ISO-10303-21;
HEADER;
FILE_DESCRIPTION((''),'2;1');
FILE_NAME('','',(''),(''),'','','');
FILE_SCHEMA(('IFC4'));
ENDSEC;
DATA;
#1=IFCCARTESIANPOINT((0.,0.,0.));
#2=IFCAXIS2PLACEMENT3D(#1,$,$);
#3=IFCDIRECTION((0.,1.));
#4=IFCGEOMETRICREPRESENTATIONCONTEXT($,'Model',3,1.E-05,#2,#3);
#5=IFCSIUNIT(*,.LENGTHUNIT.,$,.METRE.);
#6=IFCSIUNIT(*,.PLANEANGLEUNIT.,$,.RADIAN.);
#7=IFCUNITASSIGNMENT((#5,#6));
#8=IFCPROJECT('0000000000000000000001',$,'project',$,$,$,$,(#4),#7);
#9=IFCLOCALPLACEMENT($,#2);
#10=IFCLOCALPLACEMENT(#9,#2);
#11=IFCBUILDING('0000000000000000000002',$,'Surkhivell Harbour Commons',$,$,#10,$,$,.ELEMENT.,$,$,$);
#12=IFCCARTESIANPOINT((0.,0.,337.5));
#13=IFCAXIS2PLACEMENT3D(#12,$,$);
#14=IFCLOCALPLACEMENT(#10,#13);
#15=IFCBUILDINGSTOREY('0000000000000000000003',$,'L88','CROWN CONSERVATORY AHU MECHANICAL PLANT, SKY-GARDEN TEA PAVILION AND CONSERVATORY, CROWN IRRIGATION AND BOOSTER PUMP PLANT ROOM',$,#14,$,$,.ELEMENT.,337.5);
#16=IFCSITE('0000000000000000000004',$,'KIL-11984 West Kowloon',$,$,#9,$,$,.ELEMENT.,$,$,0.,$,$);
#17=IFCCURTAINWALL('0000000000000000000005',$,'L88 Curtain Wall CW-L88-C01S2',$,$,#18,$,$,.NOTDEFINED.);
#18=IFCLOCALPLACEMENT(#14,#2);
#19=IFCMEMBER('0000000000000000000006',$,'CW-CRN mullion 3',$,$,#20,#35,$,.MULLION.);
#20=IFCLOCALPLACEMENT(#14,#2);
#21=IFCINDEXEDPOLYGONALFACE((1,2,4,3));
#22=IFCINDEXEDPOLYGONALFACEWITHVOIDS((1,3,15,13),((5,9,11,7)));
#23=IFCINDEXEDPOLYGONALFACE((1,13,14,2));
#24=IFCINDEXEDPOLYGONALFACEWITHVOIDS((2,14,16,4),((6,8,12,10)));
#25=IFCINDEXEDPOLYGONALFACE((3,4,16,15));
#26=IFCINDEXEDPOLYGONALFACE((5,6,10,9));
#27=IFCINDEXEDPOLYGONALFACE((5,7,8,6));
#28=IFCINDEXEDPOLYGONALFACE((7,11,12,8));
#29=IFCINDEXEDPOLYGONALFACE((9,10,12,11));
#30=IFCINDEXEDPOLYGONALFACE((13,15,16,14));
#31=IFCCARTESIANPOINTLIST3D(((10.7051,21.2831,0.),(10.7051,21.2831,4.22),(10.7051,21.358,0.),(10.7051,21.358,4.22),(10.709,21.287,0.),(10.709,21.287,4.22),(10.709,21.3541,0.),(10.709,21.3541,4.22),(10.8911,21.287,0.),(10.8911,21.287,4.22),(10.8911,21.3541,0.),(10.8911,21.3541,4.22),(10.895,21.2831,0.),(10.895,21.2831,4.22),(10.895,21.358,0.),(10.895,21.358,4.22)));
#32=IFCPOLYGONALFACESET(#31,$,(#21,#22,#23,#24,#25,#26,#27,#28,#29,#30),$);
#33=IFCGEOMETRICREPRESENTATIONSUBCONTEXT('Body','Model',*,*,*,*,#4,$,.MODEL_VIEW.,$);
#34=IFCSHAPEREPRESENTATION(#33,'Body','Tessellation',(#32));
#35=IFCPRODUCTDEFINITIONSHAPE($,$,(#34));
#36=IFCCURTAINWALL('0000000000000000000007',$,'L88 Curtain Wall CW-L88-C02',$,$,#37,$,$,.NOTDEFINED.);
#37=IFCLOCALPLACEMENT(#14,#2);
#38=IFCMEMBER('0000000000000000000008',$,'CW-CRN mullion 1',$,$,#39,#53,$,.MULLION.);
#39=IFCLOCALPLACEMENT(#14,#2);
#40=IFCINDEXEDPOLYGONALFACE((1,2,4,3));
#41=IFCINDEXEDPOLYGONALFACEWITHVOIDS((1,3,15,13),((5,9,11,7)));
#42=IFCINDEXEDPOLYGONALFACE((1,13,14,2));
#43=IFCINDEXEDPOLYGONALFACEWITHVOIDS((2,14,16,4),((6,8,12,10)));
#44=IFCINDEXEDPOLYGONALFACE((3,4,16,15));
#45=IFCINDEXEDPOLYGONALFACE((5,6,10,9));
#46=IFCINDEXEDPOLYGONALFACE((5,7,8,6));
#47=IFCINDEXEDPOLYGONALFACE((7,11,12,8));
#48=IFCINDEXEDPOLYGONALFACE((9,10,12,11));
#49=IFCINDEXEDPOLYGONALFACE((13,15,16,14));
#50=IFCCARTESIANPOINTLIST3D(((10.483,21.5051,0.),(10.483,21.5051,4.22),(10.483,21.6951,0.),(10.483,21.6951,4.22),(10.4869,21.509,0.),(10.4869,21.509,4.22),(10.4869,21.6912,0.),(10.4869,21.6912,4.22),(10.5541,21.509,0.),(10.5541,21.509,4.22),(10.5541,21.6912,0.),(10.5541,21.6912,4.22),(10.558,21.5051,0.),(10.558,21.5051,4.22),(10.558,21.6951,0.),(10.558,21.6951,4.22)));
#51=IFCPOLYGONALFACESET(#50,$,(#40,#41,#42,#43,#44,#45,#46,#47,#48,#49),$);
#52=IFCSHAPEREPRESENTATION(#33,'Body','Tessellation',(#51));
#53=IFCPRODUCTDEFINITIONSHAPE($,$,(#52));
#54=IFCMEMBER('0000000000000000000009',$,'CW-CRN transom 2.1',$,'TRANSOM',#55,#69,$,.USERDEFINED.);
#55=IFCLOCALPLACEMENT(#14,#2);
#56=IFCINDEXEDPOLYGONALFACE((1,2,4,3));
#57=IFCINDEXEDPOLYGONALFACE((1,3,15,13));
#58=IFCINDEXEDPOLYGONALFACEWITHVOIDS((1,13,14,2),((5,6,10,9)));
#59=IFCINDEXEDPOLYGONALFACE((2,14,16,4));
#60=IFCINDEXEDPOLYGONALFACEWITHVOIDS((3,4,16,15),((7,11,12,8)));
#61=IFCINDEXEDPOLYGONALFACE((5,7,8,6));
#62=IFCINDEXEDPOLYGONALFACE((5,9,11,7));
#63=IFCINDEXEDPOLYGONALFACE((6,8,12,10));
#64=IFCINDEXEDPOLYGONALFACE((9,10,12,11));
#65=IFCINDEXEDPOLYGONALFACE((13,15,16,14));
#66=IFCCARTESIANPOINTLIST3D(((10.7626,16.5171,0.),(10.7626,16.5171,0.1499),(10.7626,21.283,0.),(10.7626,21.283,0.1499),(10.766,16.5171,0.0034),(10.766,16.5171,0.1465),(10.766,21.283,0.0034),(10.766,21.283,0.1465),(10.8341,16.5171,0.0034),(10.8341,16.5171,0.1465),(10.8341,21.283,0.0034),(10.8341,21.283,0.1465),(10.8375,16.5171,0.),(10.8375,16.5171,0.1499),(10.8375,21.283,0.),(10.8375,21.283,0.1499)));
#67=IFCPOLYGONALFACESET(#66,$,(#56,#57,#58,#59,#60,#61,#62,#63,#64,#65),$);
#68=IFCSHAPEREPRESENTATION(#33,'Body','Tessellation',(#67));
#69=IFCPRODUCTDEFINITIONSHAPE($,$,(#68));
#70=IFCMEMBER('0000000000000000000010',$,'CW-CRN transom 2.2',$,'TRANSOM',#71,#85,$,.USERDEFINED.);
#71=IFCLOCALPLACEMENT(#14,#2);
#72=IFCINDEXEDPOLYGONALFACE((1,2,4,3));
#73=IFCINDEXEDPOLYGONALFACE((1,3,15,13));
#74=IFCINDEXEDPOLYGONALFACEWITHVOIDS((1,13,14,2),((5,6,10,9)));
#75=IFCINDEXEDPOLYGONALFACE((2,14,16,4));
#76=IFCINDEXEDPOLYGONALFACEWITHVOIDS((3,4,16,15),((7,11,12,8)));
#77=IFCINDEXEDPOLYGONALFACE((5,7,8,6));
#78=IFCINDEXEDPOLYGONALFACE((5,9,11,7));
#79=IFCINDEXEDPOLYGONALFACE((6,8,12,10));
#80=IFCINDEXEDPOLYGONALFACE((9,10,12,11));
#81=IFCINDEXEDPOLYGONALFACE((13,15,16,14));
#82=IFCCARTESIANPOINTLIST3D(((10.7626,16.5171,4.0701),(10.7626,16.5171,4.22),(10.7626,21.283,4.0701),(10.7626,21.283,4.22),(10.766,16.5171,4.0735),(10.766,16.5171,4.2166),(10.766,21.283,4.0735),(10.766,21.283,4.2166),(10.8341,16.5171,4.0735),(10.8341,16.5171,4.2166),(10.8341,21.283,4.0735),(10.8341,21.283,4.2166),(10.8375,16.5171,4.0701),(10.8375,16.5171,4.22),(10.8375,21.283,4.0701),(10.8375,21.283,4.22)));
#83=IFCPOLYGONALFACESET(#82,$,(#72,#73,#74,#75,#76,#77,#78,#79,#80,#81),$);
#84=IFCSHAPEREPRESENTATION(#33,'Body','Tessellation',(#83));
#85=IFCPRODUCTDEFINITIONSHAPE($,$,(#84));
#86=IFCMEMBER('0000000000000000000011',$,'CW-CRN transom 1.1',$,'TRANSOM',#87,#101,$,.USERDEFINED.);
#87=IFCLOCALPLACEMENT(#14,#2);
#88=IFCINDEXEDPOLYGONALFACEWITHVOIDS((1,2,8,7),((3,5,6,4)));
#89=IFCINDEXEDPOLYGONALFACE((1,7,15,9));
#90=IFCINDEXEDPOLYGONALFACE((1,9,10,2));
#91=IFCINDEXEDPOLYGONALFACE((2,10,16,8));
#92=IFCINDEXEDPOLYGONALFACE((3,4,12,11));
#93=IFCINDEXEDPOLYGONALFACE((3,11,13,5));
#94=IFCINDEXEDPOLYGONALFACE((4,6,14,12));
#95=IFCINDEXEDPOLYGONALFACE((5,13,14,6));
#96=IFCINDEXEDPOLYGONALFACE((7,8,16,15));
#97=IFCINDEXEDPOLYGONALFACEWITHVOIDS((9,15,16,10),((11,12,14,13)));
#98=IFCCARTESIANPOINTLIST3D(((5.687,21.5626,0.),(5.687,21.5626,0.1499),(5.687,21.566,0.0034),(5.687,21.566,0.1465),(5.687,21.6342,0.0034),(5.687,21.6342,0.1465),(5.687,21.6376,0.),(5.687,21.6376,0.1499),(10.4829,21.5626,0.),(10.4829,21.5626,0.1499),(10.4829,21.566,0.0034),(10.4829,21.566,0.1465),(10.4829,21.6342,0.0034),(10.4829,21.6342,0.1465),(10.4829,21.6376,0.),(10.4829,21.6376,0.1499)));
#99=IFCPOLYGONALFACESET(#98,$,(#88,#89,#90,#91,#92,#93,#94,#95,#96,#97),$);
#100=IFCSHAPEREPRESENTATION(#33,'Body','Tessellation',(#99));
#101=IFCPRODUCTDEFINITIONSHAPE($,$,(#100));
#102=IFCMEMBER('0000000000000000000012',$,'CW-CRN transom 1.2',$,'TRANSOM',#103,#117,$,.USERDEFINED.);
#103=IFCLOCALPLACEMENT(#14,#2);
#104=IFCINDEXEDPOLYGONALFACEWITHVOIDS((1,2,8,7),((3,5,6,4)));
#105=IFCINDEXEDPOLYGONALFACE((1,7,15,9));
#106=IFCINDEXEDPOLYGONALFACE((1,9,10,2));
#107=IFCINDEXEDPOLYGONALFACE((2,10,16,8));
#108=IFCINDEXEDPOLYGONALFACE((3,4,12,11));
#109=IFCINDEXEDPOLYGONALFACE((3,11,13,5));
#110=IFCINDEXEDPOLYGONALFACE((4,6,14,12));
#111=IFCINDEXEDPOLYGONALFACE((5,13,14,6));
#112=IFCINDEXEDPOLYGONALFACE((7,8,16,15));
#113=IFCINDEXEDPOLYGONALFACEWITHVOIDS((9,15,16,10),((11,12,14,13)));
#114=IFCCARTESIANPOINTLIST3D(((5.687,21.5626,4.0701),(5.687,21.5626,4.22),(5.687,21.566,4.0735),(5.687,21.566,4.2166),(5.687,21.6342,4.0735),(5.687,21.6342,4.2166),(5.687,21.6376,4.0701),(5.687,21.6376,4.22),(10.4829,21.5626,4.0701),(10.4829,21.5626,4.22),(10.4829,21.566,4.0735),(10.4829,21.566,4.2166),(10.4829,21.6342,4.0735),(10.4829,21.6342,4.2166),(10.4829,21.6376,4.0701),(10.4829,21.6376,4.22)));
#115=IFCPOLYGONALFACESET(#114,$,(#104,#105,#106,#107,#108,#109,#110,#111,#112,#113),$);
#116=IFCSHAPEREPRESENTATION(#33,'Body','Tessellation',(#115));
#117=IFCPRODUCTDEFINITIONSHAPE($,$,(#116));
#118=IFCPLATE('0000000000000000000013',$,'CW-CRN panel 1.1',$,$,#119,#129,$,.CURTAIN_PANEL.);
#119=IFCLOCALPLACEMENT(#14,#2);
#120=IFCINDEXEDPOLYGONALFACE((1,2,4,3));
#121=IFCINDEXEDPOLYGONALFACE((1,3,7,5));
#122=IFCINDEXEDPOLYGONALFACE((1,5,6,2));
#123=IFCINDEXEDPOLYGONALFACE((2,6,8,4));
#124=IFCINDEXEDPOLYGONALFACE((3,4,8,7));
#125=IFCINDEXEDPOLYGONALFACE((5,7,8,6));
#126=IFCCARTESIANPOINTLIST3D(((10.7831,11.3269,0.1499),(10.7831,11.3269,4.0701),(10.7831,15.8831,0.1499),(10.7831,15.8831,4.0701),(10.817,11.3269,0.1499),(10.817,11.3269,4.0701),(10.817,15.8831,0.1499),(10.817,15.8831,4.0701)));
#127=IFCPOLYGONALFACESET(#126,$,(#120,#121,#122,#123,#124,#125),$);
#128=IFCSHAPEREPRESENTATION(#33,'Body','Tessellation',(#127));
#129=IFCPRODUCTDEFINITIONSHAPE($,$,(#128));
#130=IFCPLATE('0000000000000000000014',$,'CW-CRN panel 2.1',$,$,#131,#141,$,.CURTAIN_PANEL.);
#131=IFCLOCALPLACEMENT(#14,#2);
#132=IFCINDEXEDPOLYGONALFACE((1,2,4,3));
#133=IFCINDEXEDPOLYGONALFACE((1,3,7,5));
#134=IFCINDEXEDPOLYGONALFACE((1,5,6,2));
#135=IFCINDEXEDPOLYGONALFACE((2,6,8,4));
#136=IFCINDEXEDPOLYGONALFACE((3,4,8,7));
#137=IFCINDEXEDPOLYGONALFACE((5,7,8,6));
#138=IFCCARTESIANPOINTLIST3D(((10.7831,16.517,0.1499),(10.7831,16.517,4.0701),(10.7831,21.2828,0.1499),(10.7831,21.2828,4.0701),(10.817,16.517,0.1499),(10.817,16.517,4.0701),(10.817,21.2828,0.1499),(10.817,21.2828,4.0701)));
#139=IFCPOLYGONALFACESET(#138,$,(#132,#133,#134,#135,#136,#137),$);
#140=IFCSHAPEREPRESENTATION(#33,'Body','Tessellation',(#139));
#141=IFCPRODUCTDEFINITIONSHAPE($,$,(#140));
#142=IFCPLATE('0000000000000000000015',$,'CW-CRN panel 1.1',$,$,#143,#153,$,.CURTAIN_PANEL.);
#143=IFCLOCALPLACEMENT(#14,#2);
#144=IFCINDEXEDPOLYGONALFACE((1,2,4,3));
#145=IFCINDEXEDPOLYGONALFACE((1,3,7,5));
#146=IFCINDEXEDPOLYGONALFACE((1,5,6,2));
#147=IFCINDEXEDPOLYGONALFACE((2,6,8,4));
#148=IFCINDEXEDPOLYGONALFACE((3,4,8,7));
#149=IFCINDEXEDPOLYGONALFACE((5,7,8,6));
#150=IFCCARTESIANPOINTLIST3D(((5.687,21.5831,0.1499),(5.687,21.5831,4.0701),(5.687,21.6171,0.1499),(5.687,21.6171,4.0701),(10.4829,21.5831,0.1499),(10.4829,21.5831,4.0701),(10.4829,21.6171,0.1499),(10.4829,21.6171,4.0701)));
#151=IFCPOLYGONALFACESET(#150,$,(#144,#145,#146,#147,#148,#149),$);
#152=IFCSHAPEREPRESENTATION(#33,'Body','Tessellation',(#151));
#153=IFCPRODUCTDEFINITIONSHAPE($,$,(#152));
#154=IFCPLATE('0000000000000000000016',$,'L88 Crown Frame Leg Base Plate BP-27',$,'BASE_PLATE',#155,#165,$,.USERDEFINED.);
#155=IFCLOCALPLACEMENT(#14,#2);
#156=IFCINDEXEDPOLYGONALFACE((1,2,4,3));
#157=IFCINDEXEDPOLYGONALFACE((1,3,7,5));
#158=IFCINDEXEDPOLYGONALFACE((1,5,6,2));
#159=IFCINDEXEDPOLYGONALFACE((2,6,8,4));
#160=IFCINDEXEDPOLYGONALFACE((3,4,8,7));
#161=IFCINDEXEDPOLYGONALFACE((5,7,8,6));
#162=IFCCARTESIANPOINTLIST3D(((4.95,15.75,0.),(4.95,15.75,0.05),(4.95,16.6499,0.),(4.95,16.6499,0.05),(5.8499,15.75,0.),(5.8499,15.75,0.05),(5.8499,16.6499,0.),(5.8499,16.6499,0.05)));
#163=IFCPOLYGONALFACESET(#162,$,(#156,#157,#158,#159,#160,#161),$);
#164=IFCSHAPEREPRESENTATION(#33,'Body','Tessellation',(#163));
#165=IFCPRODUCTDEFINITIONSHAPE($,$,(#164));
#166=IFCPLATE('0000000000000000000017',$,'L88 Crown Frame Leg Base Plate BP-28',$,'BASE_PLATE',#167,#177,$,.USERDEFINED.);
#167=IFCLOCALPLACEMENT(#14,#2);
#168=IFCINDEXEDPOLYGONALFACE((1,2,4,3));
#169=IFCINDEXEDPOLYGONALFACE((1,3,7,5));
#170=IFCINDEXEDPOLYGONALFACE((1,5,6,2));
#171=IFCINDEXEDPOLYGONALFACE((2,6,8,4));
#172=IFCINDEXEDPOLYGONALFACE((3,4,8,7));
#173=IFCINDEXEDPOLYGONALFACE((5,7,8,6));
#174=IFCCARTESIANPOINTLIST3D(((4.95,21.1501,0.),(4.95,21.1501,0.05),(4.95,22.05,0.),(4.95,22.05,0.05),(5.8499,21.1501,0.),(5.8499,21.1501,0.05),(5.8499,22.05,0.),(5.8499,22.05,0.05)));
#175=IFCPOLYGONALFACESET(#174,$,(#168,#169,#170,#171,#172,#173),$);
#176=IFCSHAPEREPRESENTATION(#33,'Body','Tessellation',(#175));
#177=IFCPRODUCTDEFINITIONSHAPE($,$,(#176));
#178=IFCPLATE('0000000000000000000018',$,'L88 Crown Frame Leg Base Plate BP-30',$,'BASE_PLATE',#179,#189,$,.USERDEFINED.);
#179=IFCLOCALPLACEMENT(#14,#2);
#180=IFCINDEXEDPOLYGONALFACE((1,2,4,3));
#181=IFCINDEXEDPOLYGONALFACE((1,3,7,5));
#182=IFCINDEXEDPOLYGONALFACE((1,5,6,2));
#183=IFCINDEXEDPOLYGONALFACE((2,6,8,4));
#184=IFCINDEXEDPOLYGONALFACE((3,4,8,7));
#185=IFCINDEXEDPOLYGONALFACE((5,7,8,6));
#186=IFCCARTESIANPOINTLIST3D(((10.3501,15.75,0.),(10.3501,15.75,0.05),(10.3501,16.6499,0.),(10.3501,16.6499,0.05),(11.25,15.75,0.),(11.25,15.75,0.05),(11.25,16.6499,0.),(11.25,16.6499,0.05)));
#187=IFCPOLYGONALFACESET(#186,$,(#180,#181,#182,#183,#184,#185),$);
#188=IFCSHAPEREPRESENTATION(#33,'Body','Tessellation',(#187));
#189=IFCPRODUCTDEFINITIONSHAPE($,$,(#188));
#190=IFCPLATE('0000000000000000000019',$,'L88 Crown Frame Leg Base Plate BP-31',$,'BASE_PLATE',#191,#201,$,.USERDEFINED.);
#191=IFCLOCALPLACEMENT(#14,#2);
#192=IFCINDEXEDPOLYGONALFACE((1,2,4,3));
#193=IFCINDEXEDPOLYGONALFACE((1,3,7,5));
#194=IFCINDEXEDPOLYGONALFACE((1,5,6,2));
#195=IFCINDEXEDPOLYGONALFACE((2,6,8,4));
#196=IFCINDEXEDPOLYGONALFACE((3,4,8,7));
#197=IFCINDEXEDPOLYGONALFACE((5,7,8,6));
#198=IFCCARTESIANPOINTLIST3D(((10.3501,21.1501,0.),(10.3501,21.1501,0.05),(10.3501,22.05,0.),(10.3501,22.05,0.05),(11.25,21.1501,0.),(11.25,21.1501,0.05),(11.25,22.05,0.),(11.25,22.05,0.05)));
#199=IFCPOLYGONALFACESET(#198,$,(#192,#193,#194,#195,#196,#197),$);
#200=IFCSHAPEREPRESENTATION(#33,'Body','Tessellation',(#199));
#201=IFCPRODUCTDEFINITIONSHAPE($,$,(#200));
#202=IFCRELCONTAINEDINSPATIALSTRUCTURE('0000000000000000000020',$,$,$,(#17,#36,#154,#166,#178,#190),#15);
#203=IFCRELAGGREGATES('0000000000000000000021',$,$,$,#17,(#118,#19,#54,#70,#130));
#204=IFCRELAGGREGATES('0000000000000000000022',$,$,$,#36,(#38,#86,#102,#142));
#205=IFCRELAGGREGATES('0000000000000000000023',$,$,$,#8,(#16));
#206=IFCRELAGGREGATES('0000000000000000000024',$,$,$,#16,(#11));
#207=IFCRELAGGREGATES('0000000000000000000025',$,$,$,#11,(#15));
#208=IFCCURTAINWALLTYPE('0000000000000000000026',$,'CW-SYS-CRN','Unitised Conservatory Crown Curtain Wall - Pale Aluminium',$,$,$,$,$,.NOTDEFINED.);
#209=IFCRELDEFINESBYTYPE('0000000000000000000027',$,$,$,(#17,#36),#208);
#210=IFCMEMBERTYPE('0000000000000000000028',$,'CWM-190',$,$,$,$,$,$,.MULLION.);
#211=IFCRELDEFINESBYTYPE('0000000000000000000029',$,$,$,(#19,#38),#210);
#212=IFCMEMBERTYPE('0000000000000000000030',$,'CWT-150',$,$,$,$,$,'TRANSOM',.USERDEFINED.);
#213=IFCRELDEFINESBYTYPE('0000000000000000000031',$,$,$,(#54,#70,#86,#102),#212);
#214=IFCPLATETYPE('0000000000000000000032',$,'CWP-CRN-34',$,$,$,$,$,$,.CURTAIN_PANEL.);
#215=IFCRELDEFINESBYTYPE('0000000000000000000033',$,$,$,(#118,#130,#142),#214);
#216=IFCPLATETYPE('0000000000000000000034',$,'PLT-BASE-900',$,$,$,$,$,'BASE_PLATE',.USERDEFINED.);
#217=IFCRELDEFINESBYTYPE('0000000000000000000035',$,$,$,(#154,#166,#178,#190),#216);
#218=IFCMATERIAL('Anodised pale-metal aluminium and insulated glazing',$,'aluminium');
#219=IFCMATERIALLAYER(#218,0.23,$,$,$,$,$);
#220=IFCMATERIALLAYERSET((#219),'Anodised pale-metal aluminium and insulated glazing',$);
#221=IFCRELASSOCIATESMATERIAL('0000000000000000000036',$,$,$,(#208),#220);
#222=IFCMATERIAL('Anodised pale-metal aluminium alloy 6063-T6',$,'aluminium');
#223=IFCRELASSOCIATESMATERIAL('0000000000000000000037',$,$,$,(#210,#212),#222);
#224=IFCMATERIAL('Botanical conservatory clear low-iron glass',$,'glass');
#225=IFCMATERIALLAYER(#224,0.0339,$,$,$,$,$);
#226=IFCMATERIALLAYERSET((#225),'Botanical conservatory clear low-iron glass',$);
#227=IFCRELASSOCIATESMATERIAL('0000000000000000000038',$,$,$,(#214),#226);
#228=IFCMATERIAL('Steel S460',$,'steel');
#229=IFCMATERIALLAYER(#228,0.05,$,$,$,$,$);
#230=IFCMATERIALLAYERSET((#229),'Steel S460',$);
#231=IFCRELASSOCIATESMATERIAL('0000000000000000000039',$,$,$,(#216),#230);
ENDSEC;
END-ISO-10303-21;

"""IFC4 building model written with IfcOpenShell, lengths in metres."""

from ifc_helpers import new_model, si_unit, direction, frame, frame_2d, origin, origin_2d, place, context, subcontext, project, spatial, rectangle, hollow_rectangle, extrude, material, layer, layer_set, material_profile, profile_set, type_object, element, aggregate, save


model = new_model("IFC4")

# Units and contexts
model_context = context("Model", 3, precision=1e-05, world=origin(), true_north=direction((0.0, 1.0)))
body_context = subcontext(model_context, "Body", "Model", "MODEL_VIEW")
ifc_project = project(units=[si_unit("LENGTHUNIT", "METRE"), si_unit("PLANEANGLEUNIT", "RADIAN")], contexts=[model_context])

# Site, building, storey
site_placement = place(None, origin())
site = spatial("IfcSite", under=ifc_project, at=site_placement, Name="KIL-11984 West Kowloon", CompositionType="ELEMENT", RefElevation=0.0)
building_placement = place(site_placement, origin())
building = spatial("IfcBuilding", under=site, at=building_placement, Name="Surkhivell Harbour Commons", CompositionType="ELEMENT")
storey_placement = place(building_placement, frame((0.0, 0.0, 337.5)))
storey = spatial("IfcBuildingStorey", under=building, at=storey_placement, Name="L88", Description="CROWN CONSERVATORY AHU MECHANICAL PLANT, SKY-GARDEN TEA PAVILION AND CONSERVATORY, CROWN IRRIGATION AND BOOSTER PUMP PLANT ROOM", CompositionType="ELEMENT", Elevation=337.5)

# Shared definitions
ifc_material_1 = material(Name="Steel S460", Category="steel")

# Curtain wall, member
ifc_material_2 = material(Name="Anodised pale-metal aluminium and insulated glazing", Category="aluminium")
ifc_layer_1 = layer(ifc_material_2, 0.23)
ifc_layer_set_1 = layer_set([ifc_layer_1], Name="Anodised pale-metal aluminium and insulated glazing")
curtain_wall_type = type_object("IfcCurtainWallType", Name="CW-SYS-CRN", Description="Unitised Conservatory Crown Curtain Wall - Pale Aluminium", PredefinedType="NOTDEFINED", material=ifc_layer_set_1)
curtain_wall_1_placement = place(storey_placement, origin())
curtain_wall_1 = element("IfcCurtainWall", 1, at=curtain_wall_1_placement, inside=storey, type_object=curtain_wall_type, Name="L88 Curtain Wall CW-L88-C01S2", PredefinedType="NOTDEFINED")
ifc_material_3 = material(Name="Anodised pale-metal aluminium alloy 6063-T6", Category="aluminium")
ifc_material_profile_1 = material_profile(ifc_material_3, hollow_rectangle(XDim=0.075, YDim=0.1899, WallThickness=0.0039, at=origin_2d()), Name="ALU-MULL-75x190")
ifc_profile_set_1 = profile_set([ifc_material_profile_1], Name="Anodised pale-metal aluminium alloy 6063-T6")
member_type_1 = type_object("IfcMemberType", Name="CWM-190", PredefinedType="MULLION", material=ifc_profile_set_1)
member_1_placement = place(storey_placement, frame((10.8, 21.3206, 0.0), z_axis=(0.0, 0.0, 1.0), x_axis=(0.0, 1.0, 0.0)))
member_1 = element("IfcMember", 2, at=member_1_placement, type_object=member_type_1, Name="CW-CRN mullion 3", PredefinedType="MULLION", context=body_context, shape_type="SweptSolid", body=[
    extrude(hollow_rectangle(XDim=0.075, YDim=0.1899, WallThickness=0.0039, at=origin_2d()), origin(), (0.0, 0.0, 1.0), 4.22),
])

# Curtain wall, member
curtain_wall_2_placement = place(storey_placement, origin())
curtain_wall_2 = element("IfcCurtainWall", 3, at=curtain_wall_2_placement, inside=storey, type_object=curtain_wall_type, Name="L88 Curtain Wall CW-L88-C02", PredefinedType="NOTDEFINED")
member_2_placement = place(storey_placement, frame((10.5205, 21.6001, 0.0), z_axis=(0.0, 0.0, 1.0), x_axis=(-1.0, 0.0, 0.0)))
member_2 = element("IfcMember", 4, at=member_2_placement, type_object=member_type_1, Name="CW-CRN mullion 1", PredefinedType="MULLION", context=body_context, shape_type="SweptSolid", body=[
    extrude(hollow_rectangle(XDim=0.075, YDim=0.1899, WallThickness=0.0039, at=origin_2d()), origin(), (0.0, 0.0, 1.0), 4.22),
])

# Members
ifc_material_profile_2 = material_profile(ifc_material_3, hollow_rectangle(XDim=0.075, YDim=0.1499, WallThickness=0.0034, at=origin_2d()), Name="ALU-TRAN-75x150")
ifc_profile_set_2 = profile_set([ifc_material_profile_2], Name="Anodised pale-metal aluminium alloy 6063-T6")
member_type_2 = type_object("IfcMemberType", Name="CWT-150", ElementType="TRANSOM", PredefinedType="USERDEFINED", material=ifc_profile_set_2)
member_3_placement = place(storey_placement, frame((10.8, 16.5171, 0.075), z_axis=(0.0, 1.0, 0.0), x_axis=(-1.0, 0.0, 0.0)))
member_3 = element("IfcMember", 5, at=member_3_placement, type_object=member_type_2, Name="CW-CRN transom 2.1", ObjectType="TRANSOM", PredefinedType="USERDEFINED", context=body_context, shape_type="SweptSolid", body=[
    extrude(hollow_rectangle(XDim=0.075, YDim=0.1499, WallThickness=0.0034, at=origin_2d()), origin(), (0.0, 0.0, 1.0), 4.7659),
])
member_4_placement = place(storey_placement, frame((10.8, 16.5171, 4.145), z_axis=(0.0, 1.0, 0.0), x_axis=(-1.0, 0.0, 0.0)))
member_4 = element("IfcMember", 6, at=member_4_placement, type_object=member_type_2, Name="CW-CRN transom 2.2", ObjectType="TRANSOM", PredefinedType="USERDEFINED", context=body_context, shape_type="SweptSolid", body=[
    extrude(hollow_rectangle(XDim=0.075, YDim=0.1499, WallThickness=0.0034, at=origin_2d()), origin(), (0.0, 0.0, 1.0), 4.7659),
])
member_5_placement = place(storey_placement, frame((10.4829, 21.6001, 0.075), z_axis=(-1.0, 0.0, 0.0), x_axis=(0.0, -1.0, 0.0)))
member_5 = element("IfcMember", 7, at=member_5_placement, type_object=member_type_2, Name="CW-CRN transom 1.1", ObjectType="TRANSOM", PredefinedType="USERDEFINED", context=body_context, shape_type="SweptSolid", body=[
    extrude(hollow_rectangle(XDim=0.075, YDim=0.1499, WallThickness=0.0034, at=origin_2d()), origin(), (0.0, 0.0, 1.0), 4.7959),
])
member_6_placement = place(storey_placement, frame((10.4829, 21.6001, 4.145), z_axis=(-1.0, 0.0, 0.0), x_axis=(0.0, -1.0, 0.0)))
member_6 = element("IfcMember", 8, at=member_6_placement, type_object=member_type_2, Name="CW-CRN transom 1.2", ObjectType="TRANSOM", PredefinedType="USERDEFINED", context=body_context, shape_type="SweptSolid", body=[
    extrude(hollow_rectangle(XDim=0.075, YDim=0.1499, WallThickness=0.0034, at=origin_2d()), origin(), (0.0, 0.0, 1.0), 4.7959),
])

# Plates
ifc_material_4 = material(Name="Botanical conservatory clear low-iron glass", Category="glass")
ifc_layer_2 = layer(ifc_material_4, 0.0339)
ifc_layer_set_2 = layer_set([ifc_layer_2], Name="Botanical conservatory clear low-iron glass")
plate_type_1 = type_object("IfcPlateType", Name="CWP-CRN-34", PredefinedType="CURTAIN_PANEL", material=ifc_layer_set_2)
plate_1_placement = place(storey_placement, frame((10.8, 11.3269, 0.1499), z_axis=(0.0, 0.0, 1.0), x_axis=(0.0, 1.0, 0.0)))
plate_1 = element("IfcPlate", 9, at=plate_1_placement, type_object=plate_type_1, Name="CW-CRN panel 1.1", PredefinedType="CURTAIN_PANEL", context=body_context, shape_type="SweptSolid", body=[
    extrude(rectangle(XDim=4.5562, YDim=0.0339, at=frame_2d((2.2781, 0.0))), origin(), (0.0, 0.0, 1.0), 3.9202),
])
plate_2_placement = place(storey_placement, frame((10.8, 16.5171, 0.1499), z_axis=(0.0, 0.0, 1.0), x_axis=(0.0, 1.0, 0.0)))
plate_2 = element("IfcPlate", 10, at=plate_2_placement, type_object=plate_type_1, Name="CW-CRN panel 2.1", PredefinedType="CURTAIN_PANEL", context=body_context, shape_type="SweptSolid", body=[
    extrude(rectangle(XDim=4.7659, YDim=0.0339, at=frame_2d((2.3828, 0.0))), origin(), (0.0, 0.0, 1.0), 3.9202),
])
aggregate(curtain_wall_1, [plate_1, member_1, member_3, member_4, plate_2])
plate_3_placement = place(storey_placement, frame((10.4829, 21.6001, 0.1499), z_axis=(0.0, 0.0, 1.0), x_axis=(-1.0, 0.0, 0.0)))
plate_3 = element("IfcPlate", 11, at=plate_3_placement, type_object=plate_type_1, Name="CW-CRN panel 1.1", PredefinedType="CURTAIN_PANEL", context=body_context, shape_type="SweptSolid", body=[
    extrude(rectangle(XDim=4.7959, YDim=0.0339, at=frame_2d((2.3979, 0.0))), origin(), (0.0, 0.0, 1.0), 3.9202),
])
aggregate(curtain_wall_2, [member_2, member_5, member_6, plate_3])

# Plates
ifc_layer_3 = layer(ifc_material_1, 0.05)
ifc_layer_set_3 = layer_set([ifc_layer_3], Name="Steel S460")
plate_type_2 = type_object("IfcPlateType", Name="PLT-BASE-900", ElementType="BASE_PLATE", PredefinedType="USERDEFINED", material=ifc_layer_set_3)
for number, where, z_axis, x_axis, name in (
    (12, (5.3999, 16.2, 0.0), (0.0, 0.0, 1.0), (1.0, 0.0, 0.0), "L88 Crown Frame Leg Base Plate BP-27"),
    (13, (5.3999, 21.6001, 0.0), (0.0, 0.0, 1.0), (1.0, 0.0, 0.0), "L88 Crown Frame Leg Base Plate BP-28"),
    (14, (10.8, 16.2, 0.0), (0.0, 0.0, 1.0), (1.0, 0.0, 0.0), "L88 Crown Frame Leg Base Plate BP-30"),
    (15, (10.8, 21.6001, 0.0), (0.0, 0.0, 1.0), (1.0, 0.0, 0.0), "L88 Crown Frame Leg Base Plate BP-31"),
):
    element("IfcPlate", number, at=place(storey_placement, frame(where, z_axis=z_axis, x_axis=x_axis)), inside=storey, type_object=plate_type_2, Name=name, ObjectType="BASE_PLATE", PredefinedType="USERDEFINED", context=body_context, shape_type="SweptSolid", body=[
        extrude(rectangle(XDim=0.8999, YDim=0.8999, at=origin_2d()), origin(), (0.0, 0.0, 1.0), 0.05),
    ])

save(model, "model.ifc")
